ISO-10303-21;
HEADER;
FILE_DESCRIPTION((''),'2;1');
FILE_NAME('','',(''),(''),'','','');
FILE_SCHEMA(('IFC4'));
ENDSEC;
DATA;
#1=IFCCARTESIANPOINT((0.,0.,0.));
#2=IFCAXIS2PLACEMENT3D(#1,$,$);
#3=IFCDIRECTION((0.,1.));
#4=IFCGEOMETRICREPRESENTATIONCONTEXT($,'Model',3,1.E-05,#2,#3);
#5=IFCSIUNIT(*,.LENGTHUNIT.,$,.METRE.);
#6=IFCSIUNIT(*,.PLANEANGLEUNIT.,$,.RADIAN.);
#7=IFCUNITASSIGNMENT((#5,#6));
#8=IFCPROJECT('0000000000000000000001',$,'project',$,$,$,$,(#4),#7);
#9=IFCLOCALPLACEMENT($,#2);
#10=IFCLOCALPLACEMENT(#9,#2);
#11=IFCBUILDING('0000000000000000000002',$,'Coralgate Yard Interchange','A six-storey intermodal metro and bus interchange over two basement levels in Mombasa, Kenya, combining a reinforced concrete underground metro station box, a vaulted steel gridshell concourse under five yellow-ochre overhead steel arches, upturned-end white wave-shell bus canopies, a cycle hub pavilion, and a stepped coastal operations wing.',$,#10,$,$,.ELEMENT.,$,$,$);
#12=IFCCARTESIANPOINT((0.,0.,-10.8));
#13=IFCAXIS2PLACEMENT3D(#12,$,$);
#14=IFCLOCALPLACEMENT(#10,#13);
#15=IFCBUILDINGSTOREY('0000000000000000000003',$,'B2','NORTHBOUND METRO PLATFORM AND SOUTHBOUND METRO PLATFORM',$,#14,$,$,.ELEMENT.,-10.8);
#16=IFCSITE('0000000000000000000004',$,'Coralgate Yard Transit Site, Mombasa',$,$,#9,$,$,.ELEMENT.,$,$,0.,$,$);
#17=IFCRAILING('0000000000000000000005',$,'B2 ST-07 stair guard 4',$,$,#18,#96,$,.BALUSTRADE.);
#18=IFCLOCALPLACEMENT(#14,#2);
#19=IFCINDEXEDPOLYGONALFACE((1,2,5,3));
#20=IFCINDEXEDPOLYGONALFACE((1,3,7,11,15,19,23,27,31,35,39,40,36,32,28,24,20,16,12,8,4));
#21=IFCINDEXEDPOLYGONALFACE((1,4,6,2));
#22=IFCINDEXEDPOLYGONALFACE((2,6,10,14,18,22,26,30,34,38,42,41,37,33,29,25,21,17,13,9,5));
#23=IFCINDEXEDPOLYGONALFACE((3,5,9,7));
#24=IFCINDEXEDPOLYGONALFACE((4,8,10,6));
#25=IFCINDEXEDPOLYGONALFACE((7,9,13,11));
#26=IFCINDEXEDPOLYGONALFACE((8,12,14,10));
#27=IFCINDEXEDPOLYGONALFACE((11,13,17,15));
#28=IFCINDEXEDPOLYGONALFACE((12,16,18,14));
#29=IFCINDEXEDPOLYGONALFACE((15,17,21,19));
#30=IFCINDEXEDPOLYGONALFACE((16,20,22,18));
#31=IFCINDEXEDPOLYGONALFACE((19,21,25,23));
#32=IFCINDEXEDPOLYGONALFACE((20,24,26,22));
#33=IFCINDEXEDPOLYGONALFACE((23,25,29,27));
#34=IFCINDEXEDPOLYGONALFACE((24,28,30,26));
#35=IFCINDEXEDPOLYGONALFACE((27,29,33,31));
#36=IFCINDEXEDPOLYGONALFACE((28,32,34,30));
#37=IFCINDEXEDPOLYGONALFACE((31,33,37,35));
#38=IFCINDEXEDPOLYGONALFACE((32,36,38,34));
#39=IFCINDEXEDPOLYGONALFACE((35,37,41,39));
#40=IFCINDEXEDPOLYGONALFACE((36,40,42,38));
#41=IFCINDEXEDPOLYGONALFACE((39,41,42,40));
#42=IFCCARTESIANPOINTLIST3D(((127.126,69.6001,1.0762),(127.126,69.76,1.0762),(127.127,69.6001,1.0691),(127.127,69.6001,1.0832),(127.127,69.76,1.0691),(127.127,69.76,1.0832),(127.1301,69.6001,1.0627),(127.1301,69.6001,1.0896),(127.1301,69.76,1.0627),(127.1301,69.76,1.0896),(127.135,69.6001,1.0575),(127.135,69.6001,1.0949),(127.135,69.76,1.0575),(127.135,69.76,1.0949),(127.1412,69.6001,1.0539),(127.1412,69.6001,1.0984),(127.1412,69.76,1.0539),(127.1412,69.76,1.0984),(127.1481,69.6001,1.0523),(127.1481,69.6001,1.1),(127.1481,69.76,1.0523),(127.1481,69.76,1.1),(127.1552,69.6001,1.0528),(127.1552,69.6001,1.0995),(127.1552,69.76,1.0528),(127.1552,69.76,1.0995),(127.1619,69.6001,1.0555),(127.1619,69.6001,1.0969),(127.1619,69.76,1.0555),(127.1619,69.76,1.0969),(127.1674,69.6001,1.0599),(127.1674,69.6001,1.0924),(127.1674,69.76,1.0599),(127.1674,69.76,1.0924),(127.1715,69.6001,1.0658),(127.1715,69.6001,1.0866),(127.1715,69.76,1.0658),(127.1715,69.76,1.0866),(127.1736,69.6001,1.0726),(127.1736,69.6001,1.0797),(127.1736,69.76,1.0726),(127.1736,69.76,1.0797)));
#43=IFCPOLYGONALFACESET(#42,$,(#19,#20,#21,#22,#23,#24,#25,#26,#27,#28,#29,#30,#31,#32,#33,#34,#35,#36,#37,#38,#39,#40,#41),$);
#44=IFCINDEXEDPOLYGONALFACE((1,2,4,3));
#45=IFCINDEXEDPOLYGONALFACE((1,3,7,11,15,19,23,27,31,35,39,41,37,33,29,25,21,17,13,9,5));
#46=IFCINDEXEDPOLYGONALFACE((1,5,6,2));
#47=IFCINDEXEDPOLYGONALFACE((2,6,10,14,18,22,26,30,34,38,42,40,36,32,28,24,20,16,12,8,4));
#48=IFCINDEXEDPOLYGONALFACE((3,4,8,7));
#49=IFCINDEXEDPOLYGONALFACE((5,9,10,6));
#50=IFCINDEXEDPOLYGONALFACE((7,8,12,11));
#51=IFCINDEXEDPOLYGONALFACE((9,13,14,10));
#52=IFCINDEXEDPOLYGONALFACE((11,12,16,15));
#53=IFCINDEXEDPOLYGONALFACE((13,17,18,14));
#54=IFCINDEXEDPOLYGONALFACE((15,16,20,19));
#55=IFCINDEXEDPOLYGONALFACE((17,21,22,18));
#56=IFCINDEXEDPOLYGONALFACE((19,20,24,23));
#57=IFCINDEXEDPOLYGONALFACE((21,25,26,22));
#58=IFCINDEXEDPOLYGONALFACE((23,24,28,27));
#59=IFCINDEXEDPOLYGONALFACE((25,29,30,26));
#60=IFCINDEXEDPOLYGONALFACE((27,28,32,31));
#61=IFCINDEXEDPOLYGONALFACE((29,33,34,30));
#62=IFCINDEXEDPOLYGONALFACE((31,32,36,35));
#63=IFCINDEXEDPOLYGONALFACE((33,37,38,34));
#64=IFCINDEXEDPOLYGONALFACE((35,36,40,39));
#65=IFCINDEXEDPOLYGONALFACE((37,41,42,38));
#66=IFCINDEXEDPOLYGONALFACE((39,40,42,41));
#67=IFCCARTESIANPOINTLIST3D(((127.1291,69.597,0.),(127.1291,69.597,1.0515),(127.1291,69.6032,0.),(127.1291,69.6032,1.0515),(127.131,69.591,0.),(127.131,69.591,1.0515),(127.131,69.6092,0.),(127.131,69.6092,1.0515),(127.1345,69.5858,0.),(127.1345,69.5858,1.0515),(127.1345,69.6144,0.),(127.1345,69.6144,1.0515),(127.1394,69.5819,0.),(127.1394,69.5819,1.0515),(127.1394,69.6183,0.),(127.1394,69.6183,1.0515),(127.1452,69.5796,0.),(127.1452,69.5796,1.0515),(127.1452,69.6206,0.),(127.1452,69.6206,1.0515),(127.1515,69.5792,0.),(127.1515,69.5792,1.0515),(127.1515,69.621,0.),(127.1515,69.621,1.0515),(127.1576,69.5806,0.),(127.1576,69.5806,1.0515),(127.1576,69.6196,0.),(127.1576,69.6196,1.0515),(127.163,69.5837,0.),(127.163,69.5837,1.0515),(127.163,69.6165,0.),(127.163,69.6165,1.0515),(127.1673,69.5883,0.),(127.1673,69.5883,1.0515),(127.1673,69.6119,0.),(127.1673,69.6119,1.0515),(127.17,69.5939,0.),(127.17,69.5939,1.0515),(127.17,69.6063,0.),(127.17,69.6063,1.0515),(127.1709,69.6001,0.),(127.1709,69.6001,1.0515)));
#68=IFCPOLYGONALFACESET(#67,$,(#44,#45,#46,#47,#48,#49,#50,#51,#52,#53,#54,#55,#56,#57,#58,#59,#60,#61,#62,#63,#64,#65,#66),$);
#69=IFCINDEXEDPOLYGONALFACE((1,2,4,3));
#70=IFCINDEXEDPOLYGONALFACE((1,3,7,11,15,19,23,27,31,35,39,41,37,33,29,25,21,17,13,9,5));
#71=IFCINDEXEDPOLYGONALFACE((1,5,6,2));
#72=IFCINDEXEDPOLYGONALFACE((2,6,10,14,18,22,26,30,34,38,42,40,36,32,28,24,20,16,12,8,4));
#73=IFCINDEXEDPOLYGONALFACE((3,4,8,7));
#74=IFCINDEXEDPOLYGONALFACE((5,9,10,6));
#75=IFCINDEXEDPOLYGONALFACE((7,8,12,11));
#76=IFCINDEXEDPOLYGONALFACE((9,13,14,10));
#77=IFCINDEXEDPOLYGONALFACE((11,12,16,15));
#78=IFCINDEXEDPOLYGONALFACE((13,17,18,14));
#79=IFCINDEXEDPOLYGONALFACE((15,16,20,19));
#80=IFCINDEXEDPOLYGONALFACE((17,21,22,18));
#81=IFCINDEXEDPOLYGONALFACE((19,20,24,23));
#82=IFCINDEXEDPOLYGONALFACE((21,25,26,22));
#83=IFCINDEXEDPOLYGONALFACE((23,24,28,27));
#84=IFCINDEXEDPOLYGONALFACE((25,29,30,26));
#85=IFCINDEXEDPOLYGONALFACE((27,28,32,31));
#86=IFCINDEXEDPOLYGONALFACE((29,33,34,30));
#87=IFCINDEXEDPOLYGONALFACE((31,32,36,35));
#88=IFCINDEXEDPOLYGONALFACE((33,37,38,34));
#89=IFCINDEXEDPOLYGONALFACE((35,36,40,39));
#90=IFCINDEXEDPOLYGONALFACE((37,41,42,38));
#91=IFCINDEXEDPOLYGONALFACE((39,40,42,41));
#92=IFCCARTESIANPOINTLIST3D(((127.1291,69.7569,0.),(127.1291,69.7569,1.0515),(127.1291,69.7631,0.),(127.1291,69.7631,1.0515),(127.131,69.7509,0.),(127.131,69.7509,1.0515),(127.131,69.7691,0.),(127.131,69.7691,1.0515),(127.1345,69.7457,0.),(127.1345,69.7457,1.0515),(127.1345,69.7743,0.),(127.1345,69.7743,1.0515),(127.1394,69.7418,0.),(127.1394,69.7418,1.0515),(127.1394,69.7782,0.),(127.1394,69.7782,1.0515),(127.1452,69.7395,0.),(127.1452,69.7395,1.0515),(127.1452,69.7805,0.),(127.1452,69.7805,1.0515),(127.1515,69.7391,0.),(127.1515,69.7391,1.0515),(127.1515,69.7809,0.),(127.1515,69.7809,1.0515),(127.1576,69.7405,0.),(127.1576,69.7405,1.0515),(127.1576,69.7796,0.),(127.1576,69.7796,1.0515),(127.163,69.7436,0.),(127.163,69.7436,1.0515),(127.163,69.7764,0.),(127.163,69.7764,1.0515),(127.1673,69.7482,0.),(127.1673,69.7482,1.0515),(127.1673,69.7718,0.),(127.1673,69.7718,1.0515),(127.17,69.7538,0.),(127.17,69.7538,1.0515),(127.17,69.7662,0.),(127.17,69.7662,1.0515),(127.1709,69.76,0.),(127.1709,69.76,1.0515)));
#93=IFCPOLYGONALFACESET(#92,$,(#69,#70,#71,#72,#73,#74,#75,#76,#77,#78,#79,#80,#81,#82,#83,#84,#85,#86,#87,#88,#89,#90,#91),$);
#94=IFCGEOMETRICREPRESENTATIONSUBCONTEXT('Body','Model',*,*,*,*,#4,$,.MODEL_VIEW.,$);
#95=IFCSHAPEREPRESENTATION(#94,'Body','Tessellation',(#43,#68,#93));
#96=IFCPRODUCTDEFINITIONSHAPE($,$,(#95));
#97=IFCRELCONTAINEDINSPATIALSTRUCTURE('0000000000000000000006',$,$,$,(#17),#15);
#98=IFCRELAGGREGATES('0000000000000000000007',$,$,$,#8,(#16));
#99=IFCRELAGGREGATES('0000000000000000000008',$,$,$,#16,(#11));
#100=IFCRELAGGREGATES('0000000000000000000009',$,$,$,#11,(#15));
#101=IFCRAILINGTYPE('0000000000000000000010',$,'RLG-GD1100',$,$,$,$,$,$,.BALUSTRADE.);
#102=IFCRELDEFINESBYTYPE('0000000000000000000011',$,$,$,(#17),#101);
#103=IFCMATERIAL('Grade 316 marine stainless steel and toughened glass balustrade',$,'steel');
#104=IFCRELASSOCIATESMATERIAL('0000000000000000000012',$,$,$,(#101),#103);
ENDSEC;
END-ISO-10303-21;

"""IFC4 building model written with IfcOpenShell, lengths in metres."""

from ifc_helpers import new_model, si_unit, direction, frame, origin, origin_2d, place, context, subcontext, project, spatial, circle, extrude, material, type_object, element, save


model = new_model("IFC4")

# Units and contexts
model_context = context("Model", 3, precision=1e-05, world=origin(), true_north=direction((0.0, 1.0)))
body_context = subcontext(model_context, "Body", "Model", "MODEL_VIEW")
ifc_project = project(units=[si_unit("LENGTHUNIT", "METRE"), si_unit("PLANEANGLEUNIT", "RADIAN")], contexts=[model_context])

# Site, building, storey
site_placement = place(None, origin())
site = spatial("IfcSite", under=ifc_project, at=site_placement, Name="Coralgate Yard Transit Site, Mombasa", CompositionType="ELEMENT", RefElevation=0.0)
building_placement = place(site_placement, origin())
building = spatial("IfcBuilding", under=site, at=building_placement, Name="Coralgate Yard Interchange", Description="A six-storey intermodal metro and bus interchange over two basement levels in Mombasa, Kenya, combining a reinforced concrete underground metro station box, a vaulted steel gridshell concourse under five yellow-ochre overhead steel arches, upturned-end white wave-shell bus canopies, a cycle hub pavilion, and a stepped coastal operations wing.", CompositionType="ELEMENT")
storey_placement = place(building_placement, frame((0.0, 0.0, -10.8)))
storey = spatial("IfcBuildingStorey", under=building, at=storey_placement, Name="B2", Description="NORTHBOUND METRO PLATFORM AND SOUTHBOUND METRO PLATFORM", CompositionType="ELEMENT", Elevation=-10.8)

# Railing
ifc_material_1 = material(Name="Grade 316 marine stainless steel and toughened glass balustrade", Category="steel")
railing_type_1 = type_object("IfcRailingType", Name="RLG-GD1100", PredefinedType="BALUSTRADE", material=ifc_material_1)
railing_1_placement = place(storey_placement, frame((127.1499, 69.6001, 0.0)))
element("IfcRailing", 1, at=railing_1_placement, inside=storey, type_object=railing_type_1, Name="B2 ST-07 stair guard 4", PredefinedType="BALUSTRADE", context=body_context, shape_type="SweptSolid", body=[
    extrude(circle(Radius=0.0239, at=origin_2d()), frame((0.0, 0.0, 1.0762), z_axis=(0.0, 1.0, 0.0), x_axis=(-1.0, 0.0, 0.0)), (0.0, 0.0, 1.0), 0.1599),
    extrude(circle(Radius=0.021, at=origin_2d()), origin(), (0.0, 0.0, 1.0), 1.0515),
    extrude(circle(Radius=0.021, at=origin_2d()), frame((0.0, 0.1599, 0.0)), (0.0, 0.0, 1.0), 1.0515),
])

save(model, "model.ifc")
